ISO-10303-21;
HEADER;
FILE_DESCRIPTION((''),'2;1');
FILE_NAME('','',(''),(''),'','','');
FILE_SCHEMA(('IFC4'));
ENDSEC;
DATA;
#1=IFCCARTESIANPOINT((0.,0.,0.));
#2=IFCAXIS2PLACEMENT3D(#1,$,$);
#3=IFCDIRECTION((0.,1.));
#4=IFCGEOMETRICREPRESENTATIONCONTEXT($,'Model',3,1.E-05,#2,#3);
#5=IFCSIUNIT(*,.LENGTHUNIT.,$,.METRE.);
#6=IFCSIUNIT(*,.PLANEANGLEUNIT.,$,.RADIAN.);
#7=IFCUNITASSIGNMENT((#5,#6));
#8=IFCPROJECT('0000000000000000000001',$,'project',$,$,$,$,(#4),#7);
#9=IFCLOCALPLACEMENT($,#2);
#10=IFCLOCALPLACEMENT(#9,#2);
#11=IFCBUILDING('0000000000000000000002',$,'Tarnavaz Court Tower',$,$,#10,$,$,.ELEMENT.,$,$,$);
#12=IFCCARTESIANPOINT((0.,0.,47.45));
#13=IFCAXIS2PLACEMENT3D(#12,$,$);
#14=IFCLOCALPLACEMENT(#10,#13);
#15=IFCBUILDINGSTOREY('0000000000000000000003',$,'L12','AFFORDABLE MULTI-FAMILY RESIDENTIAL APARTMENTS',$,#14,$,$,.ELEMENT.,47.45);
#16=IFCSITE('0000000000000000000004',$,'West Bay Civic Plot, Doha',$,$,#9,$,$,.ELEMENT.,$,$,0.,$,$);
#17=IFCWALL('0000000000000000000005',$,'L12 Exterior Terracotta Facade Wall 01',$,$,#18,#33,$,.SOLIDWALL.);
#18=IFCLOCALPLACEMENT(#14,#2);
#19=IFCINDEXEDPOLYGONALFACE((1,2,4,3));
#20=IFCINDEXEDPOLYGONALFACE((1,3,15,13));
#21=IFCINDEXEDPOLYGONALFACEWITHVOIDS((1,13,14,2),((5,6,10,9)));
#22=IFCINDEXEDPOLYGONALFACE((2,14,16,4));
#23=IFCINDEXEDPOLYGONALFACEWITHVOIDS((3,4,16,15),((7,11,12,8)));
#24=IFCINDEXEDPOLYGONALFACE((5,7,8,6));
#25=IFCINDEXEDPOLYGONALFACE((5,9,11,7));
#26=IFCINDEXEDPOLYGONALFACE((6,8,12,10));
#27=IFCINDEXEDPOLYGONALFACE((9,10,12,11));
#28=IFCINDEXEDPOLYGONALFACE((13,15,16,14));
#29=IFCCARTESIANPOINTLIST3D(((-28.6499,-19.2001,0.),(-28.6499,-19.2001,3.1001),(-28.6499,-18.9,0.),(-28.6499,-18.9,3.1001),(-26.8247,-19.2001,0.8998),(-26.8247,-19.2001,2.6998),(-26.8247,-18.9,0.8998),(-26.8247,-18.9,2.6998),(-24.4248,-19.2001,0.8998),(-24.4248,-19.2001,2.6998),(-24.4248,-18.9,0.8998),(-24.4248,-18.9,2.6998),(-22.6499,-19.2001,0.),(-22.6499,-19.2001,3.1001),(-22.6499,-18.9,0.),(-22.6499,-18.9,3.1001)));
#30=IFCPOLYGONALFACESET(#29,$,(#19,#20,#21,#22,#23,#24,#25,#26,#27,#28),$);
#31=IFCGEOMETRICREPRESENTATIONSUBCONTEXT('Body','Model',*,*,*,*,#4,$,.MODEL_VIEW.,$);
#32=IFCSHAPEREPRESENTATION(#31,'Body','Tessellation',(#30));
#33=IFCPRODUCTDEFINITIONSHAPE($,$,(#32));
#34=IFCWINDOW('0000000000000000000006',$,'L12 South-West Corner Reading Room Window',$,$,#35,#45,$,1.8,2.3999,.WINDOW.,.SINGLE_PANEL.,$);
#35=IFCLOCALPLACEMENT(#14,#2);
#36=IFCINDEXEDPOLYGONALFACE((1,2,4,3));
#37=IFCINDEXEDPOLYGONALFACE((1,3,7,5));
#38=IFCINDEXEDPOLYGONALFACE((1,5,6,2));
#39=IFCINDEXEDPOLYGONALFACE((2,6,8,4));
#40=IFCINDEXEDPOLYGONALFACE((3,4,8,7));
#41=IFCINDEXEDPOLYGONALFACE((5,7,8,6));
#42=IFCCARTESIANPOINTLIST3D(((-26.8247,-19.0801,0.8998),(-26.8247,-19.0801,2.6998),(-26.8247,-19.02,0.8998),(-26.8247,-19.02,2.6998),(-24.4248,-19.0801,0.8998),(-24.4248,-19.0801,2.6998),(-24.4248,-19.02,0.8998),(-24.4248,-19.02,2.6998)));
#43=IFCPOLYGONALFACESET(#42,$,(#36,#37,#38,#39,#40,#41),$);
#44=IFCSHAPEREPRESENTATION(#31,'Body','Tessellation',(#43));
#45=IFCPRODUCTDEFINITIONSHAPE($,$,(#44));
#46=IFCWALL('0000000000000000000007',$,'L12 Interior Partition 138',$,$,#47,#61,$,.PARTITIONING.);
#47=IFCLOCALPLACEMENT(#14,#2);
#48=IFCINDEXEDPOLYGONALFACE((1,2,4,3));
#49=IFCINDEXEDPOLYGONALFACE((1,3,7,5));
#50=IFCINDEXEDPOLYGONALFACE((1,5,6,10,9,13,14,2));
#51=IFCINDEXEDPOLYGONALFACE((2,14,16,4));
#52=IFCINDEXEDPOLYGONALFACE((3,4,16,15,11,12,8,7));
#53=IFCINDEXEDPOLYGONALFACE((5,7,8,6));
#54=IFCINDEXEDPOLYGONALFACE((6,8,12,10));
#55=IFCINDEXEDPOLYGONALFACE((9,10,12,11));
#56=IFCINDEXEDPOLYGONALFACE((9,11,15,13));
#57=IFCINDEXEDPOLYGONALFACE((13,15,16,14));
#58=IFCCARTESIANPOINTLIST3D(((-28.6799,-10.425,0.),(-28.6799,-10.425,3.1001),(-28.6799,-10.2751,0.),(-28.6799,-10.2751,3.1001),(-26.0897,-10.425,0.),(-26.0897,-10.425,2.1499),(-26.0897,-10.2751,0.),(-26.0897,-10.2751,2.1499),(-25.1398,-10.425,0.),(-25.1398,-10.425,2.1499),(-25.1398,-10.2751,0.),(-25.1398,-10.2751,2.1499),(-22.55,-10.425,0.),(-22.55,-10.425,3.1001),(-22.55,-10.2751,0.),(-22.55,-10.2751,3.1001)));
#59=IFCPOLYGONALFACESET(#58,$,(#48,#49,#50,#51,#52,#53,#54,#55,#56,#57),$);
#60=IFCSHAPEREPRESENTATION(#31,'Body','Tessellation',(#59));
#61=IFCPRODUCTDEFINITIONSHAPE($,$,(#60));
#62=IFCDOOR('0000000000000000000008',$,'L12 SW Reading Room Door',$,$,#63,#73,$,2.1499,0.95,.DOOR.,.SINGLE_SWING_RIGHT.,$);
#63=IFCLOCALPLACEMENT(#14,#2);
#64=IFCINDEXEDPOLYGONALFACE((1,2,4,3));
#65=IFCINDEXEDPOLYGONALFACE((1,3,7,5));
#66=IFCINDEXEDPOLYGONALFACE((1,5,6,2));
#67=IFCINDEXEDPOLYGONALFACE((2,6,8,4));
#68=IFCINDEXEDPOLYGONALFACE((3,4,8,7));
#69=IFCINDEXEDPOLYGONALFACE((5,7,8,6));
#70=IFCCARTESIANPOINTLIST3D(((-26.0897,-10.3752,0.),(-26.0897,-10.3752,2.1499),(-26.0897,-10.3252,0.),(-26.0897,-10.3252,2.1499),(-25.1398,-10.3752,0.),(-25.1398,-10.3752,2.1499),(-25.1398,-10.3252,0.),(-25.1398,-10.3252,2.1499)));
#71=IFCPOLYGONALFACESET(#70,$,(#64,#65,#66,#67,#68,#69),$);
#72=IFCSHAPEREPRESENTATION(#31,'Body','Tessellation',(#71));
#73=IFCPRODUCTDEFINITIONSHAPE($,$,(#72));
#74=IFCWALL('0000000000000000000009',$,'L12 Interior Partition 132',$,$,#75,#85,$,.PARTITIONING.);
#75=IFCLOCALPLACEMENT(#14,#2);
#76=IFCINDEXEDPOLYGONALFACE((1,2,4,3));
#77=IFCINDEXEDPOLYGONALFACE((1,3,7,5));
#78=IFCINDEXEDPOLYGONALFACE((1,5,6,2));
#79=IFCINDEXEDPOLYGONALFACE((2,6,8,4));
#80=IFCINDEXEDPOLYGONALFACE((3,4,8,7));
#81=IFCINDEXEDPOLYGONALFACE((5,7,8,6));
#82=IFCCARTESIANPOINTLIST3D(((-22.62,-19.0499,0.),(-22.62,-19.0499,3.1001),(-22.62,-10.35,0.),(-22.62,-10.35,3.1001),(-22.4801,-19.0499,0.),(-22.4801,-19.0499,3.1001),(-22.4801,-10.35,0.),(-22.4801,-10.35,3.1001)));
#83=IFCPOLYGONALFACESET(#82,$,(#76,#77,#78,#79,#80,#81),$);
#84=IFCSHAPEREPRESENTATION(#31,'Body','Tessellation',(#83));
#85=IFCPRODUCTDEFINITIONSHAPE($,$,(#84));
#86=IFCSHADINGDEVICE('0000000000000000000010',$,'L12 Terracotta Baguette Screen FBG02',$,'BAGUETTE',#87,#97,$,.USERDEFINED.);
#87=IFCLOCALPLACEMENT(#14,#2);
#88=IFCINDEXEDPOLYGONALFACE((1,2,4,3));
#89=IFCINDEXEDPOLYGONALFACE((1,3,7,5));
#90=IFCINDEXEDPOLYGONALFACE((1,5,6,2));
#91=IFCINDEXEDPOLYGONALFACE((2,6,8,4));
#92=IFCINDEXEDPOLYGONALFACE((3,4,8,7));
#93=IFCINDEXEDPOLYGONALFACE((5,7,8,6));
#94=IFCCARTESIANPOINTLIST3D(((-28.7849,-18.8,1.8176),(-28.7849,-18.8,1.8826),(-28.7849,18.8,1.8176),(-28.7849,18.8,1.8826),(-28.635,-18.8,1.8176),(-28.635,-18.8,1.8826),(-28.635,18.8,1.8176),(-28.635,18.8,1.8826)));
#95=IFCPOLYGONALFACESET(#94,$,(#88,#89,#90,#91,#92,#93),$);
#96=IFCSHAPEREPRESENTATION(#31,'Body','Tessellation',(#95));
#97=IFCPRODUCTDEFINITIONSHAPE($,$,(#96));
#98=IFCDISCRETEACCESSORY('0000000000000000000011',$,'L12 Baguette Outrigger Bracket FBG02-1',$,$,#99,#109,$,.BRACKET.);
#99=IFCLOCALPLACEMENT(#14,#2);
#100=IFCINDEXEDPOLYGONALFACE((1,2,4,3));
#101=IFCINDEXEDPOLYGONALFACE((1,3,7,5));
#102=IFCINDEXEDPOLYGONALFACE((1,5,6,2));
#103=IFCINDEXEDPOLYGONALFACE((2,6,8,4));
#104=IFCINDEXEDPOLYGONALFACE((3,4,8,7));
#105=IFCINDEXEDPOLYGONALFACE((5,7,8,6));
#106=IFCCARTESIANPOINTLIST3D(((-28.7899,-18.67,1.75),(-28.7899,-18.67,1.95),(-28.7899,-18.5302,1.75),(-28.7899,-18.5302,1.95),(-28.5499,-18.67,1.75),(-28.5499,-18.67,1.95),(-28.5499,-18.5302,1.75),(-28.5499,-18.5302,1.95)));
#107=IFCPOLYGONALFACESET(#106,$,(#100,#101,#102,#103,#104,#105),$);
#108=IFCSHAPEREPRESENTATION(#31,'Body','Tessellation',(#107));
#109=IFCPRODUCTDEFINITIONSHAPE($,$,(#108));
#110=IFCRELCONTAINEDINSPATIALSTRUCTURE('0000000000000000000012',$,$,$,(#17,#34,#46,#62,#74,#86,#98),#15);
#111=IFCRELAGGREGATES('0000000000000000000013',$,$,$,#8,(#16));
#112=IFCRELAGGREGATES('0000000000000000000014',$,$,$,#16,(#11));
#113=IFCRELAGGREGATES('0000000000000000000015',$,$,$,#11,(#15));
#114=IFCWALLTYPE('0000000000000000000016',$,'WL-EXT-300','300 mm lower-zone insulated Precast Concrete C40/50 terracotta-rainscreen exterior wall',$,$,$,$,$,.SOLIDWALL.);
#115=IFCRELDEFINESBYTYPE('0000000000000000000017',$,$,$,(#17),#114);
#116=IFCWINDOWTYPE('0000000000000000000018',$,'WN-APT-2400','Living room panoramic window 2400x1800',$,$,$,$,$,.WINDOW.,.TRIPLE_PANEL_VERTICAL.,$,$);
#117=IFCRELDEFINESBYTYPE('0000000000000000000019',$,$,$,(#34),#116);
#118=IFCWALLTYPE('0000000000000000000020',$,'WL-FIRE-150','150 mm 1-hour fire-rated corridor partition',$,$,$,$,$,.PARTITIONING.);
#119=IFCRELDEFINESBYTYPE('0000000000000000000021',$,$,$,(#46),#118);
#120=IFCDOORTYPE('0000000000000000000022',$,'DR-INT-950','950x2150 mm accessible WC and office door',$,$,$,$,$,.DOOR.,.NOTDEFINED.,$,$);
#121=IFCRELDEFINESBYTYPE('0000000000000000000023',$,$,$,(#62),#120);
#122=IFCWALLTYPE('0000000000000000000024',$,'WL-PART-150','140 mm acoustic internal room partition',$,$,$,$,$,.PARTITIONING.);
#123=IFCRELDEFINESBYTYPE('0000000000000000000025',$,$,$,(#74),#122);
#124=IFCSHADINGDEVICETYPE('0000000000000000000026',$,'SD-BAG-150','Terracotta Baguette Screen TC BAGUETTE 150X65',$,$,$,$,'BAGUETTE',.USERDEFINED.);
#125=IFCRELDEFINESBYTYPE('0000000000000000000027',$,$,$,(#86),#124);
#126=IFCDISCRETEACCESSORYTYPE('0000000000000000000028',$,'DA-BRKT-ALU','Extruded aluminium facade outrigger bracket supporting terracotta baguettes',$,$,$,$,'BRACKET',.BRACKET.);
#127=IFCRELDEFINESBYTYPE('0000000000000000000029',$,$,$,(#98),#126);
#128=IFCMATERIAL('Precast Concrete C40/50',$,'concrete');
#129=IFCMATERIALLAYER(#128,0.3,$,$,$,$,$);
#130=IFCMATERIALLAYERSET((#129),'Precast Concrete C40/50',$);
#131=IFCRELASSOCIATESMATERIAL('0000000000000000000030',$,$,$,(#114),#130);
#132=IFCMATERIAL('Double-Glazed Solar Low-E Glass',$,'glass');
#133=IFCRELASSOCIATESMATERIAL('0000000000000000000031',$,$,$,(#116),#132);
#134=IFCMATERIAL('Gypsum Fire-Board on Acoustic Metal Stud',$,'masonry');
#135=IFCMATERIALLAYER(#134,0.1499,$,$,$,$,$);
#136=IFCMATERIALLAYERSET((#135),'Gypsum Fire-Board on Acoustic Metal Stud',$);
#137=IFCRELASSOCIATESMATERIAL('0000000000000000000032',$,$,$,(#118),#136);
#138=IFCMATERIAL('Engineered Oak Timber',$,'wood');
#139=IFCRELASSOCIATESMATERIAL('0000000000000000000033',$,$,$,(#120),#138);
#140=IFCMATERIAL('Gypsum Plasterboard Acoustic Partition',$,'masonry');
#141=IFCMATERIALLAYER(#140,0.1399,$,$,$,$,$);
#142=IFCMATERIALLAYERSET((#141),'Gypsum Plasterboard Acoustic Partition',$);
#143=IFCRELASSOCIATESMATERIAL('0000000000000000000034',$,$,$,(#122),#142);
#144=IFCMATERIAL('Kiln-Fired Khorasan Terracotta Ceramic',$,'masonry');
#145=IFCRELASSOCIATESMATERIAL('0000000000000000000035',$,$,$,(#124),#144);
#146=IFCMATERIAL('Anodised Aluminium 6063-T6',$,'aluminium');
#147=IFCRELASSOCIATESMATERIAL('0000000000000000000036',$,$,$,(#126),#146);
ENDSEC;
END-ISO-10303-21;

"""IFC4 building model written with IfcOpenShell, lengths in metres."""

from ifc_helpers import new_model, si_unit, direction, frame, frame_2d, origin, origin_2d, place, context, subcontext, project, spatial, rectangle, extrude, material, layer, layer_set, material_profile, profile_set, type_object, element, fill, save


model = new_model("IFC4")

# Units and contexts
model_context = context("Model", 3, precision=1e-05, world=origin(), true_north=direction((0.0, 1.0)))
body_context = subcontext(model_context, "Body", "Model", "MODEL_VIEW")
ifc_project = project(units=[si_unit("LENGTHUNIT", "METRE"), si_unit("PLANEANGLEUNIT", "RADIAN")], contexts=[model_context])

# Site, building, storey
site_placement = place(None, origin())
site = spatial("IfcSite", under=ifc_project, at=site_placement, Name="West Bay Civic Plot, Doha", CompositionType="ELEMENT", RefElevation=0.0)
building_placement = place(site_placement, origin())
building = spatial("IfcBuilding", under=site, at=building_placement, Name="Tarnavaz Court Tower", CompositionType="ELEMENT")
storey_placement = place(building_placement, frame((0.0, 0.0, 47.45)))
storey = spatial("IfcBuildingStorey", under=building, at=storey_placement, Name="L12", Description="AFFORDABLE MULTI-FAMILY RESIDENTIAL APARTMENTS", CompositionType="ELEMENT", Elevation=47.45)

# Wall, opening, window
ifc_material_1 = material(Name="Precast Concrete C40/50", Category="concrete")
ifc_layer_1 = layer(ifc_material_1, 0.3)
ifc_layer_set_1 = layer_set([ifc_layer_1], Name="Precast Concrete C40/50")
wall_type_1 = type_object("IfcWallType", Name="WL-EXT-300", Description="300 mm lower-zone insulated Precast Concrete C40/50 terracotta-rainscreen exterior wall", PredefinedType="SOLIDWALL", material=ifc_layer_set_1)
wall_1_placement = place(storey_placement, frame((-22.6499, -19.05, 0.0), z_axis=(0.0, 0.0, 1.0), x_axis=(-1.0, 0.0, 0.0)))
wall_1 = element("IfcWall", 1, at=wall_1_placement, inside=storey, type_object=wall_type_1, Name="L12 Exterior Terracotta Facade Wall 01", PredefinedType="SOLIDWALL", context=body_context, shape_type="SweptSolid", body=[
    extrude(rectangle(XDim=6.0, YDim=0.3, at=frame_2d((3.0, 0.0))), origin(), (0.0, 0.0, 1.0), 3.1001),
])
opening_1_placement = place(wall_1_placement, frame((1.7749, 0.0, 0.8999)))
opening_1 = element("IfcOpeningElement", 2, at=opening_1_placement, cuts=wall_1, PredefinedType="OPENING", context=body_context, shape_type="SweptSolid", body=[
    extrude(rectangle(XDim=2.3999, YDim=1.8, at=frame_2d((1.2, 0.8999))), frame((0.0, 0.1599, 0.0), z_axis=(0.0, -1.0, 0.0), x_axis=(1.0, 0.0, 0.0)), (0.0, 0.0, 1.0), 0.3201),
])
ifc_material_2 = material(Name="Double-Glazed Solar Low-E Glass", Category="glass")
window_type = type_object("IfcWindowType", Name="WN-APT-2400", Description="Living room panoramic window 2400x1800", PartitioningType="TRIPLE_PANEL_VERTICAL", PredefinedType="WINDOW", material=ifc_material_2)
window_placement = place(opening_1_placement, origin())
window = element("IfcWindow", 3, at=window_placement, inside=storey, type_object=window_type, Name="L12 South-West Corner Reading Room Window", OverallHeight=1.8, OverallWidth=2.3999, PartitioningType="SINGLE_PANEL", PredefinedType="WINDOW", context=body_context, shape_type="SweptSolid", body=[
    extrude(rectangle(XDim=2.3999, YDim=1.8, at=frame_2d((1.2, 0.8999))), frame((0.0, 0.03, 0.0), z_axis=(0.0, -1.0, 0.0), x_axis=(1.0, 0.0, 0.0)), (0.0, 0.0, 1.0), 0.0601),
])
fill(opening_1, window)

# Shared definitions
ifc_material_3 = material(Name="Gypsum Fire-Board on Acoustic Metal Stud", Category="masonry")
ifc_layer_2 = layer(ifc_material_3, 0.1499)
ifc_layer_set_2 = layer_set([ifc_layer_2], Name="Gypsum Fire-Board on Acoustic Metal Stud")
wall_type_2 = type_object("IfcWallType", Name="WL-FIRE-150", Description="150 mm 1-hour fire-rated corridor partition", PredefinedType="PARTITIONING", material=ifc_layer_set_2)
ifc_material_4 = material(Name="Engineered Oak Timber", Category="wood")
door_type = type_object("IfcDoorType", Name="DR-INT-950", Description="950x2150 mm accessible WC and office door", OperationType="NOTDEFINED", PredefinedType="DOOR", material=ifc_material_4)

# Wall, opening, door
wall_2_placement = place(storey_placement, frame((-28.6799, -10.3501, 0.0), z_axis=(0.0, 0.0, 1.0), x_axis=(1.0, 0.0, 0.0)))
wall_2 = element("IfcWall", 4, at=wall_2_placement, inside=storey, type_object=wall_type_2, Name="L12 Interior Partition 138", PredefinedType="PARTITIONING", context=body_context, shape_type="SweptSolid", body=[
    extrude(rectangle(XDim=6.1299, YDim=0.1499, at=frame_2d((3.0649, 0.0))), origin(), (0.0, 0.0, 1.0), 3.1001),
])
opening_2_placement = place(wall_2_placement, frame((2.5901, 0.0, 0.0)))
opening_2 = element("IfcOpeningElement", 5, at=opening_2_placement, cuts=wall_2, PredefinedType="OPENING", context=body_context, shape_type="SweptSolid", body=[
    extrude(rectangle(XDim=0.95, YDim=2.1499, at=frame_2d((0.4751, 1.075))), frame((0.0, 0.085, 0.0), z_axis=(0.0, -1.0, 0.0), x_axis=(1.0, 0.0, 0.0)), (0.0, 0.0, 1.0), 0.1699),
])
door_1_placement = place(opening_2_placement, origin())
door_1 = element("IfcDoor", 6, at=door_1_placement, inside=storey, type_object=door_type, Name="L12 SW Reading Room Door", OperationType="SINGLE_SWING_RIGHT", OverallHeight=2.1499, OverallWidth=0.95, PredefinedType="DOOR", context=body_context, shape_type="SweptSolid", body=[
    extrude(rectangle(XDim=0.95, YDim=2.1499, at=frame_2d((0.4751, 1.075))), frame((0.0, 0.0249, 0.0), z_axis=(0.0, -1.0, 0.0), x_axis=(1.0, 0.0, 0.0)), (0.0, 0.0, 1.0), 0.05),
])
fill(opening_2, door_1)

# Wall
ifc_material_5 = material(Name="Gypsum Plasterboard Acoustic Partition", Category="masonry")
ifc_layer_3 = layer(ifc_material_5, 0.1399)
ifc_layer_set_3 = layer_set([ifc_layer_3], Name="Gypsum Plasterboard Acoustic Partition")
wall_type_3 = type_object("IfcWallType", Name="WL-PART-150", Description="140 mm acoustic internal room partition", PredefinedType="PARTITIONING", material=ifc_layer_set_3)
wall_3_placement = place(storey_placement, frame((-22.55, -19.05, 0.0), z_axis=(0.0, 0.0, 1.0), x_axis=(0.0, 1.0, 0.0)))
element("IfcWall", 7, at=wall_3_placement, inside=storey, type_object=wall_type_3, Name="L12 Interior Partition 132", PredefinedType="PARTITIONING", context=body_context, shape_type="SweptSolid", body=[
    extrude(rectangle(XDim=8.7, YDim=0.1399, at=frame_2d((4.3501, 0.0))), origin(), (0.0, 0.0, 1.0), 3.1001),
])

# Shading device
ifc_material_6 = material(Name="Kiln-Fired Khorasan Terracotta Ceramic", Category="masonry")
ifc_material_profile_1 = material_profile(ifc_material_6, rectangle(XDim=0.1499, YDim=0.0649, at=origin_2d()), Name="TC BAGUETTE 150X65")
ifc_profile_set_1 = profile_set([ifc_material_profile_1], Name="Kiln-Fired Khorasan Terracotta Ceramic")
shading_device_type = type_object("IfcShadingDeviceType", Name="SD-BAG-150", Description="Terracotta Baguette Screen TC BAGUETTE 150X65", ElementType="BAGUETTE", PredefinedType="USERDEFINED", material=ifc_profile_set_1)
shading_device_placement = place(storey_placement, frame((-28.71, -18.8, 1.8501), z_axis=(0.0, 1.0, 0.0), x_axis=(-1.0, 0.0, 0.0)))
element("IfcShadingDevice", 8, at=shading_device_placement, inside=storey, type_object=shading_device_type, Name="L12 Terracotta Baguette Screen FBG02", ObjectType="BAGUETTE", PredefinedType="USERDEFINED", context=body_context, shape_type="SweptSolid", body=[
    extrude(rectangle(XDim=0.1499, YDim=0.0649, at=origin_2d()), origin(), (0.0, 0.0, 1.0), 37.6001),
])

# Discrete accessory
ifc_material_7 = material(Name="Anodised Aluminium 6063-T6", Category="aluminium")
discrete_accessory_type = type_object("IfcDiscreteAccessoryType", Name="DA-BRKT-ALU", Description="Extruded aluminium facade outrigger bracket supporting terracotta baguettes", ElementType="BRACKET", PredefinedType="BRACKET", material=ifc_material_7)
discrete_accessory_placement = place(storey_placement, frame((-28.6699, -18.6001, 1.75), z_axis=(0.0, 0.0, 1.0), x_axis=(0.0, 1.0, 0.0)))
element("IfcDiscreteAccessory", 9, at=discrete_accessory_placement, inside=storey, type_object=discrete_accessory_type, Name="L12 Baguette Outrigger Bracket FBG02-1", PredefinedType="BRACKET", context=body_context, shape_type="SweptSolid", body=[
    extrude(rectangle(XDim=0.1399, YDim=0.24, at=origin_2d()), origin(), (0.0, 0.0, 1.0), 0.2),
])

save(model, "model.ifc")
